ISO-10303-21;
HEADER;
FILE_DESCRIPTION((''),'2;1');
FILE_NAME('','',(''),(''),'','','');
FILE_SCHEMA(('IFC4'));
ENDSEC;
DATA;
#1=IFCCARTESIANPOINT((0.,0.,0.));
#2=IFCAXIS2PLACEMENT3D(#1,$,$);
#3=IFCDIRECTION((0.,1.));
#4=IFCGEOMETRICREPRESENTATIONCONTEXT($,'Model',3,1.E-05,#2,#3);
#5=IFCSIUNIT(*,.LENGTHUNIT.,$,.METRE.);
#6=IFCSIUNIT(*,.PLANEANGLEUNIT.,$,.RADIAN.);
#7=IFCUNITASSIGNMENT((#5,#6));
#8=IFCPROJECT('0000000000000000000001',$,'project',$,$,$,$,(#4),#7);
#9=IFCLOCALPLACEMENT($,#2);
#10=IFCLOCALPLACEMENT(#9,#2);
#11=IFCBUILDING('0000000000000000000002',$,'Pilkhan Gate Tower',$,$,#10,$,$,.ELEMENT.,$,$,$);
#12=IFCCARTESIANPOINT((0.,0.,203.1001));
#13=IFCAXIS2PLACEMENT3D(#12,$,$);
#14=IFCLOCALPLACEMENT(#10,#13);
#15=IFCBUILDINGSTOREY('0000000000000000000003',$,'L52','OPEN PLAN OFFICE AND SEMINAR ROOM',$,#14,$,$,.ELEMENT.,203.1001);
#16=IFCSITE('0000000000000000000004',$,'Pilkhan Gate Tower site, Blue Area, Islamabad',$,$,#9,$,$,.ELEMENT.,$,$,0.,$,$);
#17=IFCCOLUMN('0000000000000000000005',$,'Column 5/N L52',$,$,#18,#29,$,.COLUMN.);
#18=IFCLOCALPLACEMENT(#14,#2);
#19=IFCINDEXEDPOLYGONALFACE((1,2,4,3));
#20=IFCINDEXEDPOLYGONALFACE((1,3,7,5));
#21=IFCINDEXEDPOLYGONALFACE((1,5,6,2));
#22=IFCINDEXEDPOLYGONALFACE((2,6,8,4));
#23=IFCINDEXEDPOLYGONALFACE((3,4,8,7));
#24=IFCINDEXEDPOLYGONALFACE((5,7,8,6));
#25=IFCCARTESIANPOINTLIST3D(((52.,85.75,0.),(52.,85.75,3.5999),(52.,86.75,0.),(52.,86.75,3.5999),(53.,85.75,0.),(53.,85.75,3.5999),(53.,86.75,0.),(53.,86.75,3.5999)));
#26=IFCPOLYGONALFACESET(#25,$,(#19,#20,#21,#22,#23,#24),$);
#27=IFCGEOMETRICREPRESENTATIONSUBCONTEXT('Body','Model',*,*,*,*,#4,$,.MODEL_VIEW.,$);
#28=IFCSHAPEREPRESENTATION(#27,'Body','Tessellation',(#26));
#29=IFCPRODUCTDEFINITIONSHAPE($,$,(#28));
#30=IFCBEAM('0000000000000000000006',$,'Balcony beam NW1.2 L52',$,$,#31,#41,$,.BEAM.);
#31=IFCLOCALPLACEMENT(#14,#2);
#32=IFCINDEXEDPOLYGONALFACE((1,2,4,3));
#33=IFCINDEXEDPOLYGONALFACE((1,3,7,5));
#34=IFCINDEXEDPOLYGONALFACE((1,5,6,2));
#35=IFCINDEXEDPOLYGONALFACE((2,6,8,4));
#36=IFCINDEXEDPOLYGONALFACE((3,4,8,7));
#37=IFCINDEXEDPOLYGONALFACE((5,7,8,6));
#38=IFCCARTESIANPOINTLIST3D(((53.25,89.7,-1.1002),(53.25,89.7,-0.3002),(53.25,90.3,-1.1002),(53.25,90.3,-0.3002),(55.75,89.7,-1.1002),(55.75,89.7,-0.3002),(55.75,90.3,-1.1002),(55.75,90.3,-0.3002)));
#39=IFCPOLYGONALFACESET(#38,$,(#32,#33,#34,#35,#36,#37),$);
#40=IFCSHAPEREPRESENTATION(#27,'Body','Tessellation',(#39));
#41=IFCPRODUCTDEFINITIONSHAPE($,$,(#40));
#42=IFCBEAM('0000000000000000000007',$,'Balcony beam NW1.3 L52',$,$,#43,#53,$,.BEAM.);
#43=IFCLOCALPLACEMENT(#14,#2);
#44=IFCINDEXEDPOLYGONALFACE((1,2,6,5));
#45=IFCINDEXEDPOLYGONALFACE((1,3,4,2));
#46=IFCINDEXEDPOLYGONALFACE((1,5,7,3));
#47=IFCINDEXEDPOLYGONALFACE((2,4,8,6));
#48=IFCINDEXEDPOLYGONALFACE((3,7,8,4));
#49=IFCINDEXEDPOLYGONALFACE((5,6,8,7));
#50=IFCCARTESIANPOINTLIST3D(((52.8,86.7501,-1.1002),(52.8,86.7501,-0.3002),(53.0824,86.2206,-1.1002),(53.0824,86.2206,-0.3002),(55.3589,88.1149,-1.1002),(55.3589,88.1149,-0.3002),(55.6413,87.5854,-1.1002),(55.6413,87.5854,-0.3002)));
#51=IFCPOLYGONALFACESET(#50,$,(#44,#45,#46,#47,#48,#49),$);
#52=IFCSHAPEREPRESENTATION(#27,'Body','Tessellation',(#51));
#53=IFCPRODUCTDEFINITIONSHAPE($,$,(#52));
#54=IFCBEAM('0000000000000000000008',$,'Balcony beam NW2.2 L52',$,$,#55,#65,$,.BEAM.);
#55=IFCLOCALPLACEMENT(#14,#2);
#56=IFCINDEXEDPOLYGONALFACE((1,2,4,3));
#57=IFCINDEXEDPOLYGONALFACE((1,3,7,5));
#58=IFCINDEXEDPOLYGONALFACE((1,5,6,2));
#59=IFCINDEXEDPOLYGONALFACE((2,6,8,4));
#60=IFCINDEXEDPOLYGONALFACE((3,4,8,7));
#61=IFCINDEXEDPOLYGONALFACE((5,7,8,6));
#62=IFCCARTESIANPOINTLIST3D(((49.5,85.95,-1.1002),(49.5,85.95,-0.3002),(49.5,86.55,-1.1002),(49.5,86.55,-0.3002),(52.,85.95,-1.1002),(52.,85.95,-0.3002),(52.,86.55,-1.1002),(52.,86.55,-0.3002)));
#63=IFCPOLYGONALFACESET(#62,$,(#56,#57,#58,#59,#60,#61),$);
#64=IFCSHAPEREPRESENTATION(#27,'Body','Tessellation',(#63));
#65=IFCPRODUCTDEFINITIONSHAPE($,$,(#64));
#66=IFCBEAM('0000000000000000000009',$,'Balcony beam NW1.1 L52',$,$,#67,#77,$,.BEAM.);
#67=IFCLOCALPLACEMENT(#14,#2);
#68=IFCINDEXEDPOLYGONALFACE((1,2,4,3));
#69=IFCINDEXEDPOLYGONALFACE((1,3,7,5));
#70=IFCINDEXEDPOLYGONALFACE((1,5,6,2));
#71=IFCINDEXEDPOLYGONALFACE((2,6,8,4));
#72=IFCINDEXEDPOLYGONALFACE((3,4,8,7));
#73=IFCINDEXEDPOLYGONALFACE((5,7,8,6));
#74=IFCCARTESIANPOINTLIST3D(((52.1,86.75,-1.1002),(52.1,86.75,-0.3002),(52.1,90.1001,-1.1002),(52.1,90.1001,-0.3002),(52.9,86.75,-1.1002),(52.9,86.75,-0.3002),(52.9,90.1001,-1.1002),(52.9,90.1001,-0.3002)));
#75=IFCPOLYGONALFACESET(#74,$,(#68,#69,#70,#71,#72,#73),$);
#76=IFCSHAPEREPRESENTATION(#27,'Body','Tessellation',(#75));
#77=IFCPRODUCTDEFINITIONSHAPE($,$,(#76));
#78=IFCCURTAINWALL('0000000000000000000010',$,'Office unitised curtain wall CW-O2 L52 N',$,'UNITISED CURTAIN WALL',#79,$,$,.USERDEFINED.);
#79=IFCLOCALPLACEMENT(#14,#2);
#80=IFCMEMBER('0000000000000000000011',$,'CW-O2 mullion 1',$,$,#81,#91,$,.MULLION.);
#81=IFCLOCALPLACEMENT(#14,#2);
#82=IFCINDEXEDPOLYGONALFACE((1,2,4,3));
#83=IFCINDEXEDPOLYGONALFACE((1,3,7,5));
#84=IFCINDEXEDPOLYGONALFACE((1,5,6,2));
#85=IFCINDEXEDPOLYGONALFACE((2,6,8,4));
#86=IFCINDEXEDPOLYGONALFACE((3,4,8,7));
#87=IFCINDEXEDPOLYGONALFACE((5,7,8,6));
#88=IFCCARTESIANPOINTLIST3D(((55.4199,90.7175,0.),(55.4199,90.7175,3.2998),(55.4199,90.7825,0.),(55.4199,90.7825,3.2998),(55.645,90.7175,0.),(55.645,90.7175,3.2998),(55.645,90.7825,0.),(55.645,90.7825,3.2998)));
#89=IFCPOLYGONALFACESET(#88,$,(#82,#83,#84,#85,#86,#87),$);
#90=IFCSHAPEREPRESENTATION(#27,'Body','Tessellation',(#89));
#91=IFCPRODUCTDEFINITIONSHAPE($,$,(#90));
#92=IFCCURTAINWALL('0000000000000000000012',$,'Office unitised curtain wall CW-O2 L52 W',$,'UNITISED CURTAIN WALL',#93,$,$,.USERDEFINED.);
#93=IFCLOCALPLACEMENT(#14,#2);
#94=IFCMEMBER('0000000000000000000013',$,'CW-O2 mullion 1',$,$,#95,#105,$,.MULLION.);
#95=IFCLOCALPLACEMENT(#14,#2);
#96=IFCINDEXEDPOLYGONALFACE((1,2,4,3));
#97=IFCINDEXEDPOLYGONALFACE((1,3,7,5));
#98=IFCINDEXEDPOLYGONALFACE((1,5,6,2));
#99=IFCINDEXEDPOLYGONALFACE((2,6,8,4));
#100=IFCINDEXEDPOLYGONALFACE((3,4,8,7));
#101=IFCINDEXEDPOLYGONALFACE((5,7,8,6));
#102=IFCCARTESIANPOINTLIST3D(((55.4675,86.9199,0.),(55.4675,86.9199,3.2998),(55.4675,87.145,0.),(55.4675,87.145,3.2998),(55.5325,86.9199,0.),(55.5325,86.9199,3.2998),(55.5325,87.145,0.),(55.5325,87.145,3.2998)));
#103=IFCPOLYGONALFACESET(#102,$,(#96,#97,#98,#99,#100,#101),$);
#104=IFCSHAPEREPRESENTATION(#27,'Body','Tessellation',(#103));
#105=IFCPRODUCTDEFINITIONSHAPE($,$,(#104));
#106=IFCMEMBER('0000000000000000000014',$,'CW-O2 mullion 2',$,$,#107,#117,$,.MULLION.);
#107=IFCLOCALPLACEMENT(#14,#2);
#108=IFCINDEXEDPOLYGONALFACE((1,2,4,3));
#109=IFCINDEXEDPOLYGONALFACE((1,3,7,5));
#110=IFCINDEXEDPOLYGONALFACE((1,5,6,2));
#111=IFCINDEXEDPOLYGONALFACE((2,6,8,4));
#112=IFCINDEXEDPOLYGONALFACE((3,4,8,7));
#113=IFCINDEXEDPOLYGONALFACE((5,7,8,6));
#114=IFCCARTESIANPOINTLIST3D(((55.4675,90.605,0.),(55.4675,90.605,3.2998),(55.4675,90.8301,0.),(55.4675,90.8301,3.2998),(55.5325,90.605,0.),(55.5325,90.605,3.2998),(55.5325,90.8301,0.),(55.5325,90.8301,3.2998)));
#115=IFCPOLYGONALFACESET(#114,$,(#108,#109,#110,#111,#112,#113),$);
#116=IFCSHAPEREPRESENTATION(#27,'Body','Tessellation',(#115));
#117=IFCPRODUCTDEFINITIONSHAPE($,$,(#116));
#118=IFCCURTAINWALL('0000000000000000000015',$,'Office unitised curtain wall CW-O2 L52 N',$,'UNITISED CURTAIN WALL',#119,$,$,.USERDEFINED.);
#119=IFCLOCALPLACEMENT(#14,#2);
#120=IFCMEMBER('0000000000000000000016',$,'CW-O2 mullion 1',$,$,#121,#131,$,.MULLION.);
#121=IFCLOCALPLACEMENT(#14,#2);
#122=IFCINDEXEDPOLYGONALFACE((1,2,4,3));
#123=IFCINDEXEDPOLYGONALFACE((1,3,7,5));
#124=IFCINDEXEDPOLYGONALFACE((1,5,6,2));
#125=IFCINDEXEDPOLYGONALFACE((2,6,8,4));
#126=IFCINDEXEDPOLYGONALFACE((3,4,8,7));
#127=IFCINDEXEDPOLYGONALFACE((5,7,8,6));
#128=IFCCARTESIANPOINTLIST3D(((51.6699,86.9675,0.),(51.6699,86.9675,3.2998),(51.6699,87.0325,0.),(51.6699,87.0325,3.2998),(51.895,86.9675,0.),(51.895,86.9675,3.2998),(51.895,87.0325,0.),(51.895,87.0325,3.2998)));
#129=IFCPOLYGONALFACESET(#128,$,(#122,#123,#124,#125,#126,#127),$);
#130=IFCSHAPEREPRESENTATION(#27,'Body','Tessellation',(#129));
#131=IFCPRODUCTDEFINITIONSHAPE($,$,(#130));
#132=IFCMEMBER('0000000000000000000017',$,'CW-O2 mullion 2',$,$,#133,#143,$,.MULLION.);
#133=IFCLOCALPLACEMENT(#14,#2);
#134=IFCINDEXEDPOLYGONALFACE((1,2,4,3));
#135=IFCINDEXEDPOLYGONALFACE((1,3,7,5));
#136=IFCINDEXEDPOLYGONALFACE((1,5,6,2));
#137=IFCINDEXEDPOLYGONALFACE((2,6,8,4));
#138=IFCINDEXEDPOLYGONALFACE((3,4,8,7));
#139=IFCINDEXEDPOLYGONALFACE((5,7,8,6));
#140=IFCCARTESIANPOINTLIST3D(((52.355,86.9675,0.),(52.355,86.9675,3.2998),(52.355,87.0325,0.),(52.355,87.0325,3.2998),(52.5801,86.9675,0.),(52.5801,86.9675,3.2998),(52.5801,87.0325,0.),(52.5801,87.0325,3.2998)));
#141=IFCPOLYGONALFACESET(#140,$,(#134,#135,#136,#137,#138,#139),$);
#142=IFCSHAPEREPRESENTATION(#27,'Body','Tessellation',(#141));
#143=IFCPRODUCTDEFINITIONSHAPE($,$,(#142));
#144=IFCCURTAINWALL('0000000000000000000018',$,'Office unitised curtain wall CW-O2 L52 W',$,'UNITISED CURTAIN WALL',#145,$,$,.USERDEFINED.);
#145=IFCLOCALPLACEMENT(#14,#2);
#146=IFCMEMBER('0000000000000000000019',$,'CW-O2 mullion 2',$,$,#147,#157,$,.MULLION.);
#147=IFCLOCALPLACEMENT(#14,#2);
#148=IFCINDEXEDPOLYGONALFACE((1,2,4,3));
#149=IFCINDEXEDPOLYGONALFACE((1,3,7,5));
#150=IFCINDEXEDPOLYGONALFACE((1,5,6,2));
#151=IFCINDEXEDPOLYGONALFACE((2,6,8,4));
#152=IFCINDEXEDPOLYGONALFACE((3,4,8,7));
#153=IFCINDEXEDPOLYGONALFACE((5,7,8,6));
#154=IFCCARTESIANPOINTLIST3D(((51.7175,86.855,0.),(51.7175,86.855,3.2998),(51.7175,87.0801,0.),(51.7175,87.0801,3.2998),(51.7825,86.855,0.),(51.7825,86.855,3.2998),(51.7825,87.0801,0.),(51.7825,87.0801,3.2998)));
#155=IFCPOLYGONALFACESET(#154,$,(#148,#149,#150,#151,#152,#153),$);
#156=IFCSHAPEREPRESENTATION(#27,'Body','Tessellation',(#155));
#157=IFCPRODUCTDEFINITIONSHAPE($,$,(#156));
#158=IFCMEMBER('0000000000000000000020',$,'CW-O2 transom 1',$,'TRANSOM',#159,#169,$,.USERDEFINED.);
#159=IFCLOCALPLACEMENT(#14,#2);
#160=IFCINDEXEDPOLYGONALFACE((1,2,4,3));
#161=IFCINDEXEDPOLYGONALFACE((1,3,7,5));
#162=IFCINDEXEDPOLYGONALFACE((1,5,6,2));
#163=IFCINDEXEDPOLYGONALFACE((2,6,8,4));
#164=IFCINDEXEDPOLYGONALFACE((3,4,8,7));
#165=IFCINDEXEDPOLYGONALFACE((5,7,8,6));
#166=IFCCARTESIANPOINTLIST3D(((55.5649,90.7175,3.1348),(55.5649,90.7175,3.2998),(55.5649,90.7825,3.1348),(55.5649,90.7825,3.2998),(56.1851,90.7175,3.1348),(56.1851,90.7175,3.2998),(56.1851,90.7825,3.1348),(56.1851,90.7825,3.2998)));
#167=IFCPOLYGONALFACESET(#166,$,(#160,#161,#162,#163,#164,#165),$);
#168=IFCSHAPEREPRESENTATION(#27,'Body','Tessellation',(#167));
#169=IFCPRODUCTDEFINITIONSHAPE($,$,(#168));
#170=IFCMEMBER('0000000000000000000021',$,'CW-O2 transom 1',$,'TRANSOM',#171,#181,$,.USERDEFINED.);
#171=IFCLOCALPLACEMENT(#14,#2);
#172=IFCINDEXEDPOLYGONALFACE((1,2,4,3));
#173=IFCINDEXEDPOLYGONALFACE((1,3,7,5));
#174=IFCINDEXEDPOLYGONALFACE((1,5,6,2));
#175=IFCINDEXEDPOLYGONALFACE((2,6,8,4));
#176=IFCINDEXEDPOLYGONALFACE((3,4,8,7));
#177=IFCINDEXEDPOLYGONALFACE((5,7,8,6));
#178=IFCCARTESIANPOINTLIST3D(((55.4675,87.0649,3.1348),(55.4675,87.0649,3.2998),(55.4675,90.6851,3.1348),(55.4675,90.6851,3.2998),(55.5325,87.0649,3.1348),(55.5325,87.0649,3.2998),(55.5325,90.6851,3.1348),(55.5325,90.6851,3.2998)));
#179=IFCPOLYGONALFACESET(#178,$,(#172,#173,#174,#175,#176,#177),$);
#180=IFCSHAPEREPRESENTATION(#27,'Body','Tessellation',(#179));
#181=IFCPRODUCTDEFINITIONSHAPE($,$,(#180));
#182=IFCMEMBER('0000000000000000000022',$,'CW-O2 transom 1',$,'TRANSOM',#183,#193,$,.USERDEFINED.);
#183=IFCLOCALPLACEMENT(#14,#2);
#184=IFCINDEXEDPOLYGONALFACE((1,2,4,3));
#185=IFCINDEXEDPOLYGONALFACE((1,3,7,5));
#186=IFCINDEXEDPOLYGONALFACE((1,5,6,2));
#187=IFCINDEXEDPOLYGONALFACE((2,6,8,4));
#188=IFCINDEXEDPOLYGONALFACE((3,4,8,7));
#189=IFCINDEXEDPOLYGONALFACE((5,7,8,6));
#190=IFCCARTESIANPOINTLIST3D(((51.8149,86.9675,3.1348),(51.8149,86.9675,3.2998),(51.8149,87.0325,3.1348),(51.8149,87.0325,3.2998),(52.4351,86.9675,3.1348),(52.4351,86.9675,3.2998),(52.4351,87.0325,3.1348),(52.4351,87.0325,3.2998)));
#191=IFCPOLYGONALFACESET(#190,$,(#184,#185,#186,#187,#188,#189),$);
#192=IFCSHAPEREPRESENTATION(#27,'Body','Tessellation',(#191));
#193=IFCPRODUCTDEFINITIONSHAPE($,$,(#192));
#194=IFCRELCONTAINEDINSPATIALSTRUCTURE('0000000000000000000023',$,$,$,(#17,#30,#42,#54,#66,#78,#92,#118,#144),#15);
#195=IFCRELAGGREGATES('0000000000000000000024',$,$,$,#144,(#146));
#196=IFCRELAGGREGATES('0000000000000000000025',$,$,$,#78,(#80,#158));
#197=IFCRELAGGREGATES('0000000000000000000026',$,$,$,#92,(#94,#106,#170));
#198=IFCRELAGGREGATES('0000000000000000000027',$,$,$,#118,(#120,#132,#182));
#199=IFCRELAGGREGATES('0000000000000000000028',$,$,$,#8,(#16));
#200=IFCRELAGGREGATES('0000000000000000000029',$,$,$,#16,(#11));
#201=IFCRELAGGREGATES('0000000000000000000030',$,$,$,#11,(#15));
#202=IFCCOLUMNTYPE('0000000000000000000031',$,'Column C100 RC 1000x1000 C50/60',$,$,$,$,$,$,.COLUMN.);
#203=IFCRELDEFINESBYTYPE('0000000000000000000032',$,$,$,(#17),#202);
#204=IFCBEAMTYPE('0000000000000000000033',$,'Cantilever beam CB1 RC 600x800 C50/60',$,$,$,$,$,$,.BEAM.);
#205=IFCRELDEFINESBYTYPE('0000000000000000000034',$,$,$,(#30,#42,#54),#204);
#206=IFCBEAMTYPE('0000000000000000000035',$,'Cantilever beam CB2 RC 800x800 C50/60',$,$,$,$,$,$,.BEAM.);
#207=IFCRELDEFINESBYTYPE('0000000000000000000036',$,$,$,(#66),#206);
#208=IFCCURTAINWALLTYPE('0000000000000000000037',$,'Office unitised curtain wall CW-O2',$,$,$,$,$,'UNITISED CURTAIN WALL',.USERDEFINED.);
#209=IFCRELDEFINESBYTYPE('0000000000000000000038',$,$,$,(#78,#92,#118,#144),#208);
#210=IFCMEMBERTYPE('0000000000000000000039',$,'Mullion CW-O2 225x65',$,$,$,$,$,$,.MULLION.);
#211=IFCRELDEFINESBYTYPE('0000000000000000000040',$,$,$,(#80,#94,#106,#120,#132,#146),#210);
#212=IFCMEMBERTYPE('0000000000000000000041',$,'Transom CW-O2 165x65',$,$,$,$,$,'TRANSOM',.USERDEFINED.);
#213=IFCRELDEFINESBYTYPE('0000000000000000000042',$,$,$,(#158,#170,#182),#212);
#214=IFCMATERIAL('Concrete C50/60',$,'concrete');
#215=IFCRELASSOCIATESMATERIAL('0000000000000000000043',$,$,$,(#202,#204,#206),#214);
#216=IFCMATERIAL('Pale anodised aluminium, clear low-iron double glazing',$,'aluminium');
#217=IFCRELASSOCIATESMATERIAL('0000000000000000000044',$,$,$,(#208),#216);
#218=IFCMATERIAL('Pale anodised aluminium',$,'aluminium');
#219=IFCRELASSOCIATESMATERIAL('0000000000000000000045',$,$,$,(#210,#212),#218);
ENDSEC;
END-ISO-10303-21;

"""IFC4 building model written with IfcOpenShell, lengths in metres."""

from ifc_helpers import new_model, si_unit, direction, frame, origin, origin_2d, place, context, subcontext, project, spatial, rectangle, extrude, material, material_profile, profile_set, type_object, element, aggregate, save


model = new_model("IFC4")

# Units and contexts
model_context = context("Model", 3, precision=1e-05, world=origin(), true_north=direction((0.0, 1.0)))
body_context = subcontext(model_context, "Body", "Model", "MODEL_VIEW")
ifc_project = project(units=[si_unit("LENGTHUNIT", "METRE"), si_unit("PLANEANGLEUNIT", "RADIAN")], contexts=[model_context])

# Site, building, storey
site_placement = place(None, origin())
site = spatial("IfcSite", under=ifc_project, at=site_placement, Name="Pilkhan Gate Tower site, Blue Area, Islamabad", CompositionType="ELEMENT", RefElevation=0.0)
building_placement = place(site_placement, origin())
building = spatial("IfcBuilding", under=site, at=building_placement, Name="Pilkhan Gate Tower", CompositionType="ELEMENT")
storey_placement = place(building_placement, frame((0.0, 0.0, 203.1001)))
storey = spatial("IfcBuildingStorey", under=building, at=storey_placement, Name="L52", Description="OPEN PLAN OFFICE AND SEMINAR ROOM", CompositionType="ELEMENT", Elevation=203.1001)

# Column
ifc_material_1 = material(Name="Concrete C50/60", Category="concrete")
ifc_material_profile_1 = material_profile(ifc_material_1, rectangle(XDim=1.0, YDim=1.0, at=origin_2d()), Name="RC 1000x1000")
ifc_profile_set_1 = profile_set([ifc_material_profile_1], Name="Concrete C50/60")
column_type = type_object("IfcColumnType", Name="Column C100 RC 1000x1000 C50/60", PredefinedType="COLUMN", material=ifc_profile_set_1)
column_placement = place(storey_placement, frame((52.5, 86.25, 0.0), z_axis=(0.0, 0.0, 1.0), x_axis=(1.0, 0.0, 0.0)))
element("IfcColumn", 1, at=column_placement, inside=storey, type_object=column_type, Name="Column 5/N L52", PredefinedType="COLUMN", context=body_context, shape_type="SweptSolid", body=[
    extrude(rectangle(XDim=1.0, YDim=1.0, at=origin_2d()), origin(), (0.0, 0.0, 1.0), 3.5999),
])

# Beams
ifc_material_profile_2 = material_profile(ifc_material_1, rectangle(XDim=0.6001, YDim=0.8, at=origin_2d()), Name="RC 600x800")
ifc_profile_set_2 = profile_set([ifc_material_profile_2], Name="Concrete C50/60")
beam_type_1 = type_object("IfcBeamType", Name="Cantilever beam CB1 RC 600x800 C50/60", PredefinedType="BEAM", material=ifc_profile_set_2)
beam_1_placement = place(storey_placement, frame((55.75, 90.0, -0.7002), z_axis=(-1.0, 0.0, 0.0), x_axis=(0.0, -1.0, 0.0)))
element("IfcBeam", 2, at=beam_1_placement, inside=storey, type_object=beam_type_1, Name="Balcony beam NW1.2 L52", PredefinedType="BEAM", context=body_context, shape_type="SweptSolid", body=[
    extrude(rectangle(XDim=0.6001, YDim=0.8, at=origin_2d()), origin(), (0.0, 0.0, 1.0), 2.5),
])
beam_2_placement = place(storey_placement, frame((52.9412, 86.4854, -0.7002), z_axis=(0.882348, 0.470597, 0.0), x_axis=(-0.470597, 0.882348, 0.0)))
element("IfcBeam", 3, at=beam_2_placement, inside=storey, type_object=beam_type_1, Name="Balcony beam NW1.3 L52", PredefinedType="BEAM", context=body_context, shape_type="SweptSolid", body=[
    extrude(rectangle(XDim=0.6001, YDim=0.8, at=origin_2d()), origin(), (0.0, 0.0, 1.0), 2.9001),
])
beam_3_placement = place(storey_placement, frame((52.0, 86.25, -0.7002), z_axis=(-1.0, 0.0, 0.0), x_axis=(0.0, -1.0, 0.0)))
element("IfcBeam", 4, at=beam_3_placement, inside=storey, type_object=beam_type_1, Name="Balcony beam NW2.2 L52", PredefinedType="BEAM", context=body_context, shape_type="SweptSolid", body=[
    extrude(rectangle(XDim=0.6001, YDim=0.8, at=origin_2d()), origin(), (0.0, 0.0, 1.0), 2.5),
])
ifc_material_profile_3 = material_profile(ifc_material_1, rectangle(XDim=0.8, YDim=0.8, at=origin_2d()), Name="RC 800x800")
ifc_profile_set_3 = profile_set([ifc_material_profile_3], Name="Concrete C50/60")
beam_type_2 = type_object("IfcBeamType", Name="Cantilever beam CB2 RC 800x800 C50/60", PredefinedType="BEAM", material=ifc_profile_set_3)
beam_4_placement = place(storey_placement, frame((52.5, 86.75, -0.7002), z_axis=(0.0, 1.0, 0.0), x_axis=(-1.0, 0.0, 0.0)))
element("IfcBeam", 5, at=beam_4_placement, inside=storey, type_object=beam_type_2, Name="Balcony beam NW1.1 L52", PredefinedType="BEAM", context=body_context, shape_type="SweptSolid", body=[
    extrude(rectangle(XDim=0.8, YDim=0.8, at=origin_2d()), origin(), (0.0, 0.0, 1.0), 3.3501),
])

# Curtain wall, member
ifc_material_2 = material(Name="Pale anodised aluminium, clear low-iron double glazing", Category="aluminium")
curtain_wall_type = type_object("IfcCurtainWallType", Name="Office unitised curtain wall CW-O2", ElementType="UNITISED CURTAIN WALL", PredefinedType="USERDEFINED", material=ifc_material_2)
curtain_wall_1_placement = place(storey_placement, origin())
curtain_wall_1 = element("IfcCurtainWall", 6, at=curtain_wall_1_placement, inside=storey, type_object=curtain_wall_type, Name="Office unitised curtain wall CW-O2 L52 N", ObjectType="UNITISED CURTAIN WALL", PredefinedType="USERDEFINED")
ifc_material_3 = material(Name="Pale anodised aluminium", Category="aluminium")
ifc_material_profile_4 = material_profile(ifc_material_3, rectangle(XDim=0.0649, YDim=0.2251, at=origin_2d()), Name="Mullion 225x65")
ifc_profile_set_4 = profile_set([ifc_material_profile_4], Name="Pale anodised aluminium")
member_type_1 = type_object("IfcMemberType", Name="Mullion CW-O2 225x65", PredefinedType="MULLION", material=ifc_profile_set_4)
member_1_placement = place(storey_placement, frame((55.5325, 90.75, 0.0), z_axis=(0.0, 0.0, 1.0), x_axis=(0.0, 1.0, 0.0)))
member_1 = element("IfcMember", 7, at=member_1_placement, type_object=member_type_1, Name="CW-O2 mullion 1", PredefinedType="MULLION", context=body_context, shape_type="SweptSolid", body=[
    extrude(rectangle(XDim=0.0649, YDim=0.2251, at=origin_2d()), origin(), (0.0, 0.0, 1.0), 3.2998),
])

# Curtain walls, members
curtain_wall_2_placement = place(storey_placement, origin())
curtain_wall_2 = element("IfcCurtainWall", 8, at=curtain_wall_2_placement, inside=storey, type_object=curtain_wall_type, Name="Office unitised curtain wall CW-O2 L52 W", ObjectType="UNITISED CURTAIN WALL", PredefinedType="USERDEFINED")
member_2_placement = place(storey_placement, frame((55.5, 87.0325, 0.0), z_axis=(0.0, 0.0, 1.0), x_axis=(-1.0, 0.0, 0.0)))
member_2 = element("IfcMember", 9, at=member_2_placement, type_object=member_type_1, Name="CW-O2 mullion 1", PredefinedType="MULLION", context=body_context, shape_type="SweptSolid", body=[
    extrude(rectangle(XDim=0.0649, YDim=0.2251, at=origin_2d()), origin(), (0.0, 0.0, 1.0), 3.2998),
])
member_3_placement = place(storey_placement, frame((55.5, 90.7175, 0.0), z_axis=(0.0, 0.0, 1.0), x_axis=(-1.0, 0.0, 0.0)))
member_3 = element("IfcMember", 10, at=member_3_placement, type_object=member_type_1, Name="CW-O2 mullion 2", PredefinedType="MULLION", context=body_context, shape_type="SweptSolid", body=[
    extrude(rectangle(XDim=0.0649, YDim=0.2251, at=origin_2d()), origin(), (0.0, 0.0, 1.0), 3.2998),
])
curtain_wall_3_placement = place(storey_placement, origin())
curtain_wall_3 = element("IfcCurtainWall", 11, at=curtain_wall_3_placement, inside=storey, type_object=curtain_wall_type, Name="Office unitised curtain wall CW-O2 L52 N", ObjectType="UNITISED CURTAIN WALL", PredefinedType="USERDEFINED")
member_4_placement = place(storey_placement, frame((51.7825, 87.0, 0.0), z_axis=(0.0, 0.0, 1.0), x_axis=(0.0, 1.0, 0.0)))
member_4 = element("IfcMember", 12, at=member_4_placement, type_object=member_type_1, Name="CW-O2 mullion 1", PredefinedType="MULLION", context=body_context, shape_type="SweptSolid", body=[
    extrude(rectangle(XDim=0.0649, YDim=0.2251, at=origin_2d()), origin(), (0.0, 0.0, 1.0), 3.2998),
])
member_5_placement = place(storey_placement, frame((52.4675, 87.0, 0.0), z_axis=(0.0, 0.0, 1.0), x_axis=(0.0, 1.0, 0.0)))
member_5 = element("IfcMember", 13, at=member_5_placement, type_object=member_type_1, Name="CW-O2 mullion 2", PredefinedType="MULLION", context=body_context, shape_type="SweptSolid", body=[
    extrude(rectangle(XDim=0.0649, YDim=0.2251, at=origin_2d()), origin(), (0.0, 0.0, 1.0), 3.2998),
])

# Curtain wall, member
curtain_wall_4_placement = place(storey_placement, origin())
curtain_wall_4 = element("IfcCurtainWall", 14, at=curtain_wall_4_placement, inside=storey, type_object=curtain_wall_type, Name="Office unitised curtain wall CW-O2 L52 W", ObjectType="UNITISED CURTAIN WALL", PredefinedType="USERDEFINED")
member_6_placement = place(storey_placement, frame((51.75, 86.9675, 0.0), z_axis=(0.0, 0.0, 1.0), x_axis=(-1.0, 0.0, 0.0)))
member_6 = element("IfcMember", 15, at=member_6_placement, type_object=member_type_1, Name="CW-O2 mullion 2", PredefinedType="MULLION", context=body_context, shape_type="SweptSolid", body=[
    extrude(rectangle(XDim=0.0649, YDim=0.2251, at=origin_2d()), origin(), (0.0, 0.0, 1.0), 3.2998),
])
aggregate(curtain_wall_4, [member_6])

# Members
ifc_material_profile_5 = material_profile(ifc_material_3, rectangle(XDim=0.0649, YDim=0.165, at=origin_2d()), Name="Transom 165x65")
ifc_profile_set_5 = profile_set([ifc_material_profile_5], Name="Pale anodised aluminium")
member_type_2 = type_object("IfcMemberType", Name="Transom CW-O2 165x65", ElementType="TRANSOM", PredefinedType="USERDEFINED", material=ifc_profile_set_5)
member_7_placement = place(storey_placement, frame((55.5649, 90.75, 3.2173), z_axis=(1.0, 0.0, 0.0), x_axis=(0.0, 1.0, 0.0)))
member_7 = element("IfcMember", 16, at=member_7_placement, type_object=member_type_2, Name="CW-O2 transom 1", ObjectType="TRANSOM", PredefinedType="USERDEFINED", context=body_context, shape_type="SweptSolid", body=[
    extrude(rectangle(XDim=0.0649, YDim=0.165, at=origin_2d()), origin(), (0.0, 0.0, 1.0), 0.6201),
])
member_8_placement = place(storey_placement, frame((55.5, 87.0649, 3.2173), z_axis=(0.0, 1.0, 0.0), x_axis=(-1.0, 0.0, 0.0)))
member_8 = element("IfcMember", 17, at=member_8_placement, type_object=member_type_2, Name="CW-O2 transom 1", ObjectType="TRANSOM", PredefinedType="USERDEFINED", context=body_context, shape_type="SweptSolid", body=[
    extrude(rectangle(XDim=0.0649, YDim=0.165, at=origin_2d()), origin(), (0.0, 0.0, 1.0), 3.6201),
])
member_9_placement = place(storey_placement, frame((51.8149, 87.0, 3.2173), z_axis=(1.0, 0.0, 0.0), x_axis=(0.0, 1.0, 0.0)))
member_9 = element("IfcMember", 18, at=member_9_placement, type_object=member_type_2, Name="CW-O2 transom 1", ObjectType="TRANSOM", PredefinedType="USERDEFINED", context=body_context, shape_type="SweptSolid", body=[
    extrude(rectangle(XDim=0.0649, YDim=0.165, at=origin_2d()), origin(), (0.0, 0.0, 1.0), 0.6201),
])

aggregate(curtain_wall_1, [member_1, member_7])
aggregate(curtain_wall_2, [member_2, member_3, member_8])
aggregate(curtain_wall_3, [member_4, member_5, member_9])

save(model, "model.ifc")
